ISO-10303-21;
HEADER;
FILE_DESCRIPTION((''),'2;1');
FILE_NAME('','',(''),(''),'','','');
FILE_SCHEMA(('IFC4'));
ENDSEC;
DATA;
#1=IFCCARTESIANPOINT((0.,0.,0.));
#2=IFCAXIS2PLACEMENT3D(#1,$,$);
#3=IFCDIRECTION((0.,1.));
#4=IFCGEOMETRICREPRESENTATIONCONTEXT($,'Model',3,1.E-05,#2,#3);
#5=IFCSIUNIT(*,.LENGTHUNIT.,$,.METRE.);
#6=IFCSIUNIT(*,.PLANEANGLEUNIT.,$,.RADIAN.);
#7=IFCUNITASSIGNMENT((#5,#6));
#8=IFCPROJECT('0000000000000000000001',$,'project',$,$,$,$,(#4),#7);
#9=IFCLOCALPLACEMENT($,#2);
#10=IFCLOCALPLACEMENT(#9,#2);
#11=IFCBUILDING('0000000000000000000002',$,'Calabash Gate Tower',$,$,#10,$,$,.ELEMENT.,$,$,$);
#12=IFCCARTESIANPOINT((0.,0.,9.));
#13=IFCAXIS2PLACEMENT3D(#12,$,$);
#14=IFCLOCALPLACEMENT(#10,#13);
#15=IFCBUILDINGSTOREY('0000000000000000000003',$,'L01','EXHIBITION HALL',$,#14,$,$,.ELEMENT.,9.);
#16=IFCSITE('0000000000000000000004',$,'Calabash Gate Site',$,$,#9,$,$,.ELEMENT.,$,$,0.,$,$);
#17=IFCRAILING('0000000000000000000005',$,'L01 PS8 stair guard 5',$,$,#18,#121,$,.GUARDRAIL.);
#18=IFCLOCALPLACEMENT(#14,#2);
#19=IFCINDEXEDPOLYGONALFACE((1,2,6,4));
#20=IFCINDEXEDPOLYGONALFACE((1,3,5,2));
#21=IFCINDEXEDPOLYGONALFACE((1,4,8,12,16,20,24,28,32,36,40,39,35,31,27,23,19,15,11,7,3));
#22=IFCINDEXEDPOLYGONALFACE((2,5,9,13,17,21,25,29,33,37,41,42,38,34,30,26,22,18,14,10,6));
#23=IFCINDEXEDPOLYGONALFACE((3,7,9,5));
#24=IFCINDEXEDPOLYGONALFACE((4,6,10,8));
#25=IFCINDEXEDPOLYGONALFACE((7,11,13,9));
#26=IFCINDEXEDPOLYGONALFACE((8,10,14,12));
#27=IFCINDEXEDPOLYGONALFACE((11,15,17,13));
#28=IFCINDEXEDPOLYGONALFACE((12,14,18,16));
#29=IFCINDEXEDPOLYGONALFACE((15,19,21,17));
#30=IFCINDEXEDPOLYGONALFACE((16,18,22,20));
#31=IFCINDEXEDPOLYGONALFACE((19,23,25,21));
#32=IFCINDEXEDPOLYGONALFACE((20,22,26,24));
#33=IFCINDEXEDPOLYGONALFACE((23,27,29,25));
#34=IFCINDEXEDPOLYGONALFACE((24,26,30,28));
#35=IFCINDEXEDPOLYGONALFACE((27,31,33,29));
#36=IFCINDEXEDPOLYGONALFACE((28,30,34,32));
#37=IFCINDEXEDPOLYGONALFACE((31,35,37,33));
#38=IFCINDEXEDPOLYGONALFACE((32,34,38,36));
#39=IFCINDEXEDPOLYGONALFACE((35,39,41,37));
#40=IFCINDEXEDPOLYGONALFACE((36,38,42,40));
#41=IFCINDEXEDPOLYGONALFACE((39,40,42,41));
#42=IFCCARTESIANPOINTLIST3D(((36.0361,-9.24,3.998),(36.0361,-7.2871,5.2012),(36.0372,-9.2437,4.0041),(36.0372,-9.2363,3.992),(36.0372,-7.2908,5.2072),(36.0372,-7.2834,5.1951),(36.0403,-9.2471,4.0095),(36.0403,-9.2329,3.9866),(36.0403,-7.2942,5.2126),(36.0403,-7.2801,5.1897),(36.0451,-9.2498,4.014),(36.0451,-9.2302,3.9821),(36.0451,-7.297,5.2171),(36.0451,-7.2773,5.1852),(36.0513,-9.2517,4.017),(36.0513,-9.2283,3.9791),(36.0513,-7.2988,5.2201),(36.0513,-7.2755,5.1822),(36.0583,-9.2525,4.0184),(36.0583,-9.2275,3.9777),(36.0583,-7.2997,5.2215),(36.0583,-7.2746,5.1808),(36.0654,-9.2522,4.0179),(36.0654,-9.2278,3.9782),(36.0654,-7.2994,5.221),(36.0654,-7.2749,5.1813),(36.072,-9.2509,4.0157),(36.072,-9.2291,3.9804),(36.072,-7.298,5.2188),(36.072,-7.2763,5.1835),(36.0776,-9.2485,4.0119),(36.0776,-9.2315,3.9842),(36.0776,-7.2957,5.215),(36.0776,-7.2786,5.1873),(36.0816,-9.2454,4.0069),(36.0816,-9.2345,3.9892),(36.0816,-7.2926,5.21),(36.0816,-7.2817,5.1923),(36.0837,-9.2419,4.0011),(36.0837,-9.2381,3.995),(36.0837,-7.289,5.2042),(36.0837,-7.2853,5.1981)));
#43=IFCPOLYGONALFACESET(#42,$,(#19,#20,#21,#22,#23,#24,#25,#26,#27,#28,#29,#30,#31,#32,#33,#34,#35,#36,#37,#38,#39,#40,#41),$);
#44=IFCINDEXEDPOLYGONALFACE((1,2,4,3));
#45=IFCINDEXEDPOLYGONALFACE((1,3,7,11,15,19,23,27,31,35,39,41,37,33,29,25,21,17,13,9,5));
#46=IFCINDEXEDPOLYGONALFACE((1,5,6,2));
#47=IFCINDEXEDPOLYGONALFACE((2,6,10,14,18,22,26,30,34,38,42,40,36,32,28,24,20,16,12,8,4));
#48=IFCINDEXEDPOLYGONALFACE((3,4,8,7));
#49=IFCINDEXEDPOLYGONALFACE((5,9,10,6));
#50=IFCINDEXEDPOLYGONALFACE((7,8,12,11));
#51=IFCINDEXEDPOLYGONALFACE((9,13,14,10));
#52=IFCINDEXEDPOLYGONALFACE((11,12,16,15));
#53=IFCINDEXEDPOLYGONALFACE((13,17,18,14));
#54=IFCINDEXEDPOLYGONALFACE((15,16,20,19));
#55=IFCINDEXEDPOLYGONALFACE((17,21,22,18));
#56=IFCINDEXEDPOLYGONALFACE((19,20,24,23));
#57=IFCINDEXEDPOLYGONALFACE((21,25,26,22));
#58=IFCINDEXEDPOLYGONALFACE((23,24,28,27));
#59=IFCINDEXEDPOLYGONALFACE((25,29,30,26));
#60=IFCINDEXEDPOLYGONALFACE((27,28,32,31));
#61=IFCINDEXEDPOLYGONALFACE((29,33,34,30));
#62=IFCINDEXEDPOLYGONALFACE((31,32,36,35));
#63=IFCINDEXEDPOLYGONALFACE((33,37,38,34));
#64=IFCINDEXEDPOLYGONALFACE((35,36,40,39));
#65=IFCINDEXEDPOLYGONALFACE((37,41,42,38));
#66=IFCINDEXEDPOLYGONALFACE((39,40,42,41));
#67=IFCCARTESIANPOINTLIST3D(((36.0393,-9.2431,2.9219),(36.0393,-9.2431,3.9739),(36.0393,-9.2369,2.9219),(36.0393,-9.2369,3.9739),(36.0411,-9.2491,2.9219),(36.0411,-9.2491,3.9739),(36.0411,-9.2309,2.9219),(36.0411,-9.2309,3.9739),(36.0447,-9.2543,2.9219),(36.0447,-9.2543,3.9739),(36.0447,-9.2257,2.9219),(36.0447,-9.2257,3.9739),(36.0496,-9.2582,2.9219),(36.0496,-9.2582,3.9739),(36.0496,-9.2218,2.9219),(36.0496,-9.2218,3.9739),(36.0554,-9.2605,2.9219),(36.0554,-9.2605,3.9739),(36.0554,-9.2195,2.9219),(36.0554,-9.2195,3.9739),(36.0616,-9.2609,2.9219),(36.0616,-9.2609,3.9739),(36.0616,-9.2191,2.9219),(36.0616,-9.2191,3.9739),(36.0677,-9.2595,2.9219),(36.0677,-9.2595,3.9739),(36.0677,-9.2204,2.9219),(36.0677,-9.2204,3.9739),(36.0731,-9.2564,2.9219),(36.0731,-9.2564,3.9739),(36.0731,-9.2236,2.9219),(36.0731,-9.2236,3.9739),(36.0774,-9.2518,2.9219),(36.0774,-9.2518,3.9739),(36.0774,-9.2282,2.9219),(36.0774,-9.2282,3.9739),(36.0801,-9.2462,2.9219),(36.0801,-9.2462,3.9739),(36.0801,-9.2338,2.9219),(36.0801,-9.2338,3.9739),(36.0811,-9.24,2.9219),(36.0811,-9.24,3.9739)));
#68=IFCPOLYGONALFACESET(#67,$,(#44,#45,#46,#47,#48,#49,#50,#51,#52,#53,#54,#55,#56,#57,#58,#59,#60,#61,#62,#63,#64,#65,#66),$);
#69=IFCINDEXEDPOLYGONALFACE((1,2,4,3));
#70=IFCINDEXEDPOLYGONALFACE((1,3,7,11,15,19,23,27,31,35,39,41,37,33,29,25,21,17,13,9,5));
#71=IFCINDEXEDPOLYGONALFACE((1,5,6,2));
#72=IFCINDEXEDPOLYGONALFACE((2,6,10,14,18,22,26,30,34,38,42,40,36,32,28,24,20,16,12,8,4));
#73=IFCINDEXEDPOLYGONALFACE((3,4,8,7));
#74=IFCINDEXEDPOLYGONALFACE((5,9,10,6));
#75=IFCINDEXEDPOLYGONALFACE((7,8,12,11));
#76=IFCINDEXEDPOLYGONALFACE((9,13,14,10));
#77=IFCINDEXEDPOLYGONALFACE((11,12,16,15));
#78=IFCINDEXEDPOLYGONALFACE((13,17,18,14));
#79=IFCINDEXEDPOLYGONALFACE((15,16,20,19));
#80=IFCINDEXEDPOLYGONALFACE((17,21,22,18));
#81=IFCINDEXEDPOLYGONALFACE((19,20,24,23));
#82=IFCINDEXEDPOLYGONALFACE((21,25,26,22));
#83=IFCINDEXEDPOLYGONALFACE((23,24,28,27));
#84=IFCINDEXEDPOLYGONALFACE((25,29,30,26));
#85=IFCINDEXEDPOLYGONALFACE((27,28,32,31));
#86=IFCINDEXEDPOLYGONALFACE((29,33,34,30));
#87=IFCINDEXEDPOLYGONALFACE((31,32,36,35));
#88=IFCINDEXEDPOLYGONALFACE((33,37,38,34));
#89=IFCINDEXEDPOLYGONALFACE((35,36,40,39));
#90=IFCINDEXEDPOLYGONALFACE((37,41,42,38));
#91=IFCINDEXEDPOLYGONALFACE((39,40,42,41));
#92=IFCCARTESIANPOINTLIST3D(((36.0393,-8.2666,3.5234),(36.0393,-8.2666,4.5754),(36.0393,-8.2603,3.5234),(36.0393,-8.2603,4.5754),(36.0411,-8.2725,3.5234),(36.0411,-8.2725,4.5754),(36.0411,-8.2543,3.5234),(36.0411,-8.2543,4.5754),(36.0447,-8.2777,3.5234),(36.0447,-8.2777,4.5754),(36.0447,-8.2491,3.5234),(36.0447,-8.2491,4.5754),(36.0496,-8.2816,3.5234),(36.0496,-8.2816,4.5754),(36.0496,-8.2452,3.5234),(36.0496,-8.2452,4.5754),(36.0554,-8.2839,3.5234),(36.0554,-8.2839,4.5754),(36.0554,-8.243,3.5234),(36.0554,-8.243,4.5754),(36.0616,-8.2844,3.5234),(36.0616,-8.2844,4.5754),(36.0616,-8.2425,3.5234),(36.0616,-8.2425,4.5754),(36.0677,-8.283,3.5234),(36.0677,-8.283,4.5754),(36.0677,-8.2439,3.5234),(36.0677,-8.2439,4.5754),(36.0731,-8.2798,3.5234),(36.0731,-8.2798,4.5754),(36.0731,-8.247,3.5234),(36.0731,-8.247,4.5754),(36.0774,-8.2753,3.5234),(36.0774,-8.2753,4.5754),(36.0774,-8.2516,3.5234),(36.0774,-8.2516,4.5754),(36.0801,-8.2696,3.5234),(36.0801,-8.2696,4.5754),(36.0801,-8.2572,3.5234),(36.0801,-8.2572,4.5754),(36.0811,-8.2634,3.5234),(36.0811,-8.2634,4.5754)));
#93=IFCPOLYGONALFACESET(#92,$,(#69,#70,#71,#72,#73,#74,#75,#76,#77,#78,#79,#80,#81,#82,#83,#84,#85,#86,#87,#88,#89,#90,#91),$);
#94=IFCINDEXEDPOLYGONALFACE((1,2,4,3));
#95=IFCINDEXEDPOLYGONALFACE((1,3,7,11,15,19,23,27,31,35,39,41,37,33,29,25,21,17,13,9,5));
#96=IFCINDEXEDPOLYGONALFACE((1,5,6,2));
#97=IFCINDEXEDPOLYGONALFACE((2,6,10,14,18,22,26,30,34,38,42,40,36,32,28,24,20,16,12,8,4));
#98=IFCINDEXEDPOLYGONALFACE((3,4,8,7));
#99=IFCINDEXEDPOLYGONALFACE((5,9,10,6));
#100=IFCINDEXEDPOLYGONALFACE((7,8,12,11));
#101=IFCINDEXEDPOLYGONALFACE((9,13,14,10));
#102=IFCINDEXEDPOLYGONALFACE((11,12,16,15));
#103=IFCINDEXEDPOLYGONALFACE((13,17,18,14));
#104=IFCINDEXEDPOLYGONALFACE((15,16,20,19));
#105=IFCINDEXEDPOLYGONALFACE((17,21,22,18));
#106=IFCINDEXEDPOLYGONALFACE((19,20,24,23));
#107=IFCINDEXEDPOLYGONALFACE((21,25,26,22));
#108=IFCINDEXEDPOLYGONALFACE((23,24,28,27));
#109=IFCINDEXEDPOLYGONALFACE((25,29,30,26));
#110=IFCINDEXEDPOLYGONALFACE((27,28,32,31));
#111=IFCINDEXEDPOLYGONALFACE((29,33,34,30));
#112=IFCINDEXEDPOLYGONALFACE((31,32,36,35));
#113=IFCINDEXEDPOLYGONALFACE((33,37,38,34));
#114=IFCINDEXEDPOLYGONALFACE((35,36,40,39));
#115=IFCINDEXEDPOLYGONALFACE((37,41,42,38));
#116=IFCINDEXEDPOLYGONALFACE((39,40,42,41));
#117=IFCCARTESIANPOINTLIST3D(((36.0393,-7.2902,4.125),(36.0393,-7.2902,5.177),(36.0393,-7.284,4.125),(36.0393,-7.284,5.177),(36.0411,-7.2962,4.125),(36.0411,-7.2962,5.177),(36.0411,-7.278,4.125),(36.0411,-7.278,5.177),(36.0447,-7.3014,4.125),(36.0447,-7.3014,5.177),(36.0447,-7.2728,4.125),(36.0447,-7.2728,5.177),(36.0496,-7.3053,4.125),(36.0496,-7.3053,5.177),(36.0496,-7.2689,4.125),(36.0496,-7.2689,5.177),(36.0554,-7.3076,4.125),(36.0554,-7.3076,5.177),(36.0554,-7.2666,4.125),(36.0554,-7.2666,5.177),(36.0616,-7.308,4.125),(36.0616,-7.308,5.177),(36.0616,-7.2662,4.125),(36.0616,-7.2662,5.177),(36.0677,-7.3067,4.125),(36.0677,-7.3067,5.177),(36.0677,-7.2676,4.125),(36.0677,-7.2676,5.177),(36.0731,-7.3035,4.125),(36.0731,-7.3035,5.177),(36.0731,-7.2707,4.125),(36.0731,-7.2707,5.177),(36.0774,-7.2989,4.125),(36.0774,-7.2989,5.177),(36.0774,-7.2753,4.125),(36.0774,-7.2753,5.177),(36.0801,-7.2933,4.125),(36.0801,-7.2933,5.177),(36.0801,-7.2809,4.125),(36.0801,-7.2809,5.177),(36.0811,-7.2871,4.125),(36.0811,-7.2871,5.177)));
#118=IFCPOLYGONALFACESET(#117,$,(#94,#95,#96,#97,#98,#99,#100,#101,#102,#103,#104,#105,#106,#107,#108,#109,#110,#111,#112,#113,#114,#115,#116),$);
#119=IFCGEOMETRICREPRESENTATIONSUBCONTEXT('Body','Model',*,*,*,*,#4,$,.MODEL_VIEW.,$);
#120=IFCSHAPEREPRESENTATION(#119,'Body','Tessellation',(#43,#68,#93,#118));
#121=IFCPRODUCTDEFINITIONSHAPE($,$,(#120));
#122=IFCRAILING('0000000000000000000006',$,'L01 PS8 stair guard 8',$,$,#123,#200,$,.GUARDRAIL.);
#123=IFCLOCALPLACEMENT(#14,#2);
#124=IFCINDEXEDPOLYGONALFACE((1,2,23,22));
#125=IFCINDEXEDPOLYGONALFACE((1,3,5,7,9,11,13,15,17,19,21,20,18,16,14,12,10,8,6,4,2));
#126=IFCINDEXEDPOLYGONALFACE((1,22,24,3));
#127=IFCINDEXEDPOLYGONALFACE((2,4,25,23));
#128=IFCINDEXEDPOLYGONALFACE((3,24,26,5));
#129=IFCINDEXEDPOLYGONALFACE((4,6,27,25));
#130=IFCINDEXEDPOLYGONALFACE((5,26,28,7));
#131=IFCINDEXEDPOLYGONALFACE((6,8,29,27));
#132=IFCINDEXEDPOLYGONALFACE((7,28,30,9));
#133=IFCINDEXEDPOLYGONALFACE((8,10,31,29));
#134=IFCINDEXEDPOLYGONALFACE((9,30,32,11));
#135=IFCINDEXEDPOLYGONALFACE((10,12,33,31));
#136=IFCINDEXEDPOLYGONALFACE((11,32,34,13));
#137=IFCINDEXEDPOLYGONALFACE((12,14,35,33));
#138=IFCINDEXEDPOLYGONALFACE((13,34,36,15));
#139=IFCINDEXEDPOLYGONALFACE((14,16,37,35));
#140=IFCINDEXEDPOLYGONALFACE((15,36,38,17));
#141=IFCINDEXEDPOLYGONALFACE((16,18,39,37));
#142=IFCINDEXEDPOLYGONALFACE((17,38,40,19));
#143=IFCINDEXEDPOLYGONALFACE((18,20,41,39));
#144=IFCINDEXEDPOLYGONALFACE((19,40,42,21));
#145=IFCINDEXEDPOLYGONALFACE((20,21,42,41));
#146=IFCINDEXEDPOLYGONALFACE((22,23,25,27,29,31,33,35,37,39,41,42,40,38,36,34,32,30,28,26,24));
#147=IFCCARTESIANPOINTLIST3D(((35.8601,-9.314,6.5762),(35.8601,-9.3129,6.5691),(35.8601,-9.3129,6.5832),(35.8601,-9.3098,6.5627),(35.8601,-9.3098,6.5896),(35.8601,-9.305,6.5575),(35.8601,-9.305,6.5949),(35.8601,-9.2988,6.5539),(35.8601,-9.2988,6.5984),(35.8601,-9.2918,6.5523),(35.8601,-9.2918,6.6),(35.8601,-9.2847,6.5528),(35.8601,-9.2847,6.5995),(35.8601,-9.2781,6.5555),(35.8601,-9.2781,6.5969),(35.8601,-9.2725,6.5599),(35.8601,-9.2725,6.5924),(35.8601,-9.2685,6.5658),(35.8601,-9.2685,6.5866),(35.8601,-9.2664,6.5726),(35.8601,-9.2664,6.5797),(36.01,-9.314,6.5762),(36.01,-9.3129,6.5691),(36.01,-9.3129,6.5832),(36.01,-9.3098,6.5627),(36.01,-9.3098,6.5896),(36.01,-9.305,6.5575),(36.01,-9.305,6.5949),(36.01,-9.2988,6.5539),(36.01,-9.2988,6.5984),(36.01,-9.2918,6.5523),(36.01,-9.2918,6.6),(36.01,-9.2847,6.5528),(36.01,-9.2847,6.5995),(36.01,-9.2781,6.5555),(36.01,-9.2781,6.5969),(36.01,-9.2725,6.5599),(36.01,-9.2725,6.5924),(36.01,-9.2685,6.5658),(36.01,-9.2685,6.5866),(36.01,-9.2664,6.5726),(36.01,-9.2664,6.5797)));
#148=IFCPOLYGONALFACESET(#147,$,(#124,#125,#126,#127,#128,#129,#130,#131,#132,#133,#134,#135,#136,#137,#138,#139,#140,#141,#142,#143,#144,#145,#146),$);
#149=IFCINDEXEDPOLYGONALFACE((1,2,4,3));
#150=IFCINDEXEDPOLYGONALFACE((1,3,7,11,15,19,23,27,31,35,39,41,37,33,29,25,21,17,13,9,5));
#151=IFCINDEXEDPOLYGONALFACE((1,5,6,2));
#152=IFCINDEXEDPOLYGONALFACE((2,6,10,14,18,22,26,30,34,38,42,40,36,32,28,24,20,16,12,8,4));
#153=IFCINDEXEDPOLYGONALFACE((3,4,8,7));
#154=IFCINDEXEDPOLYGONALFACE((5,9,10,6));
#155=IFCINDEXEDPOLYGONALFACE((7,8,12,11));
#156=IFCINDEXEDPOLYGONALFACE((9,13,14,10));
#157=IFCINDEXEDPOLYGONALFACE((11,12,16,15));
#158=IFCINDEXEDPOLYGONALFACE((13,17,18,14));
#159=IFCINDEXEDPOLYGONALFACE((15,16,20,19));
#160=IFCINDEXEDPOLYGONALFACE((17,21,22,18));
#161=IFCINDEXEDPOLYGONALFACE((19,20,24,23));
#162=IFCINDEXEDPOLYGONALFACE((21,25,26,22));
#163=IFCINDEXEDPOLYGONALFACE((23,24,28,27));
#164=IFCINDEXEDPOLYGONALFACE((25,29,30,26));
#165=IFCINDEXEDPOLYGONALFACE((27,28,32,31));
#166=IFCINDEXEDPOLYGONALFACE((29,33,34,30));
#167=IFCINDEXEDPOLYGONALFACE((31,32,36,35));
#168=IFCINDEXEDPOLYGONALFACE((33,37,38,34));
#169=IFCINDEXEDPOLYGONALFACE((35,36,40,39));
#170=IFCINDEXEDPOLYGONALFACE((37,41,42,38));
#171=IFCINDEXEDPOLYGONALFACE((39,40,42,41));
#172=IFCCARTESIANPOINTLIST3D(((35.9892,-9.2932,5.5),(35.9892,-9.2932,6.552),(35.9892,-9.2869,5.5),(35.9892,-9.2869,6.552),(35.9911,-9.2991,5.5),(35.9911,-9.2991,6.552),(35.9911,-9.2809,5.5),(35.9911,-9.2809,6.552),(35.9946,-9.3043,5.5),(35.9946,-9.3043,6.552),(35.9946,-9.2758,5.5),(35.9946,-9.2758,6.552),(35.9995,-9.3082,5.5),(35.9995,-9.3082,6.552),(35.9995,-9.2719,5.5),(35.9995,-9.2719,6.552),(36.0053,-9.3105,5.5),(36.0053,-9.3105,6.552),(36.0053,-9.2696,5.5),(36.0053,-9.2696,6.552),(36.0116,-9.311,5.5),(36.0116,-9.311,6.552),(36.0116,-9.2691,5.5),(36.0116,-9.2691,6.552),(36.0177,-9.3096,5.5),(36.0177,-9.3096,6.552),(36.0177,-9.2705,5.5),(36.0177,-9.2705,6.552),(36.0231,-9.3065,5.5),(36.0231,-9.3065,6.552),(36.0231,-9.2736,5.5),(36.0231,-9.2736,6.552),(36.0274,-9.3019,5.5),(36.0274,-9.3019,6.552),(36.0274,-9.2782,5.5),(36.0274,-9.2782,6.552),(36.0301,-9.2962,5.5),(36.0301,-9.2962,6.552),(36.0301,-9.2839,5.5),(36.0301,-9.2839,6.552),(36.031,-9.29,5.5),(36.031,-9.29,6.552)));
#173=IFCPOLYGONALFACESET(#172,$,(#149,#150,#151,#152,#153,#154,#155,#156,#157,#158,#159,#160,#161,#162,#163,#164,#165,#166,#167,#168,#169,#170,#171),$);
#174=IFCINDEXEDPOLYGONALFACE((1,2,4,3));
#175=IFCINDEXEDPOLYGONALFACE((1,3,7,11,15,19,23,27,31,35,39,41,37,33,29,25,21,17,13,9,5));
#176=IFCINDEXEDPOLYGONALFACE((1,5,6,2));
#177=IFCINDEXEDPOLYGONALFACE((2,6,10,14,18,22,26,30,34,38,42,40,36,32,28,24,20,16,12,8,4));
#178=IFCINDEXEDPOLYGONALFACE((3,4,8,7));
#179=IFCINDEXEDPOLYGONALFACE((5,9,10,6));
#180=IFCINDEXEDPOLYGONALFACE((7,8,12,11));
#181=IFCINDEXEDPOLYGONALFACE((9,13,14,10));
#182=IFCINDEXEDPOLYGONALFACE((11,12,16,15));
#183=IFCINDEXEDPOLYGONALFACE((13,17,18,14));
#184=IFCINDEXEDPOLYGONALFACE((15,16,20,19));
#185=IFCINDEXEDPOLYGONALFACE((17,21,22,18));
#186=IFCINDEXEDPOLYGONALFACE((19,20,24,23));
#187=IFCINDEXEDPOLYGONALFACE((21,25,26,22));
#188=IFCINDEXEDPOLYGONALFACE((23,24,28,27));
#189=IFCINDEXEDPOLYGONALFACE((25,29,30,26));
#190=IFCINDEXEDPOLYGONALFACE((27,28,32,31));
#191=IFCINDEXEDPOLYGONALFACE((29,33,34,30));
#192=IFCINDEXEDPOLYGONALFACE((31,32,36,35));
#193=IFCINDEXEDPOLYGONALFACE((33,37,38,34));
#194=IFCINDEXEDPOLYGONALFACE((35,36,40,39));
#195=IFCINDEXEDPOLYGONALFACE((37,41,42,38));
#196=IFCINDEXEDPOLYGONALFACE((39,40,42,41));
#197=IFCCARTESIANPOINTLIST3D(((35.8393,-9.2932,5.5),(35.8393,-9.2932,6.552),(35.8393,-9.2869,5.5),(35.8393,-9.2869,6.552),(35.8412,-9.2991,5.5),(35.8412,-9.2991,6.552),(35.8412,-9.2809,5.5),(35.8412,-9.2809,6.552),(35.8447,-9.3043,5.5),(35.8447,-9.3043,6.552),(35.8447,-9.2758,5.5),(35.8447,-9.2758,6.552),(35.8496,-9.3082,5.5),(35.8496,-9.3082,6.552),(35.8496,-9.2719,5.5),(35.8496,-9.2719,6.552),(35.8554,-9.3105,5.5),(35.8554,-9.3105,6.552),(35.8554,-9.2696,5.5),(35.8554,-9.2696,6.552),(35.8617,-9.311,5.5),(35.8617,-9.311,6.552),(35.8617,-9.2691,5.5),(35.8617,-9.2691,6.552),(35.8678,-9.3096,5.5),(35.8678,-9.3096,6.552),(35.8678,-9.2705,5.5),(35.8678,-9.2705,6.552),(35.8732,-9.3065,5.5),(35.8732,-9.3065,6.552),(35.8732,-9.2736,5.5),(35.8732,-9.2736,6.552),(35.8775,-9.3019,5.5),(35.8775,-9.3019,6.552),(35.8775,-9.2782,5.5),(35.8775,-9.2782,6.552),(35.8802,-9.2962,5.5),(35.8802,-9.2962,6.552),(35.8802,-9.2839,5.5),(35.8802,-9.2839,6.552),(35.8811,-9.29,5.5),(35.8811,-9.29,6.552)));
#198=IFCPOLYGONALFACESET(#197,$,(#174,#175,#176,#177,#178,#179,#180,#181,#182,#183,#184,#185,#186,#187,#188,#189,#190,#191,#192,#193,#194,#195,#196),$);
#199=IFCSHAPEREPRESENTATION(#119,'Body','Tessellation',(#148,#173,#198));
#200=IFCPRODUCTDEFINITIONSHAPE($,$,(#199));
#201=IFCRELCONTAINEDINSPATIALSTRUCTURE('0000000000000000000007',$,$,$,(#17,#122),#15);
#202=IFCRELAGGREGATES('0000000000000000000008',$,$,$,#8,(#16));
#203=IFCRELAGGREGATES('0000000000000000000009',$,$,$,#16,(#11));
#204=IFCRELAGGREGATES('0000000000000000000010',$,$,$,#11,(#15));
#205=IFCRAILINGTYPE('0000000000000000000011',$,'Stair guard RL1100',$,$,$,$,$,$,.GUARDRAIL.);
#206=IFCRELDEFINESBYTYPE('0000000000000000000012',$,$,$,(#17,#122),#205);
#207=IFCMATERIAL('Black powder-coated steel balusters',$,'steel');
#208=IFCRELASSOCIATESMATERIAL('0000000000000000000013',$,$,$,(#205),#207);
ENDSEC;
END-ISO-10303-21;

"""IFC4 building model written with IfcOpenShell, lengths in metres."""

from ifc_helpers import new_model, si_unit, direction, frame, origin, origin_2d, place, context, subcontext, project, spatial, circle, extrude, material, type_object, element, save


model = new_model("IFC4")

# Units and contexts
model_context = context("Model", 3, precision=1e-05, world=origin(), true_north=direction((0.0, 1.0)))
body_context = subcontext(model_context, "Body", "Model", "MODEL_VIEW")
ifc_project = project(units=[si_unit("LENGTHUNIT", "METRE"), si_unit("PLANEANGLEUNIT", "RADIAN")], contexts=[model_context])

# Site, building, storey
site_placement = place(None, origin())
site = spatial("IfcSite", under=ifc_project, at=site_placement, Name="Calabash Gate Site", CompositionType="ELEMENT", RefElevation=0.0)
building_placement = place(site_placement, origin())
building = spatial("IfcBuilding", under=site, at=building_placement, Name="Calabash Gate Tower", CompositionType="ELEMENT")
storey_placement = place(building_placement, frame((0.0, 0.0, 9.0)))
storey = spatial("IfcBuildingStorey", under=building, at=storey_placement, Name="L01", Description="EXHIBITION HALL", CompositionType="ELEMENT", Elevation=9.0)

# Railings
ifc_material_1 = material(Name="Black powder-coated steel balusters", Category="steel")
railing_type_1 = type_object("IfcRailingType", Name="Stair guard RL1100", PredefinedType="GUARDRAIL", material=ifc_material_1)
railing_1_placement = place(storey_placement, frame((36.0601, -9.24, 2.9219)))
element("IfcRailing", 1, at=railing_1_placement, inside=storey, type_object=railing_type_1, Name="L01 PS8 stair guard 5", PredefinedType="GUARDRAIL", context=body_context, shape_type="SweptSolid", body=[
    extrude(circle(Radius=0.0239, at=origin_2d()), frame((0.0, 0.0, 1.0762), z_axis=(0.0, 0.851395, 0.524525), x_axis=(-1.0, 0.0, 0.0)), (0.0, 0.0, 1.0), 2.2937),
    extrude(circle(Radius=0.021, at=origin_2d()), origin(), (0.0, 0.0, 1.0), 1.052),
    extrude(circle(Radius=0.021, at=origin_2d()), frame((0.0, 0.9766, 0.6016)), (0.0, 0.0, 1.0), 1.052),
    extrude(circle(Radius=0.021, at=origin_2d()), frame((0.0, 1.9529, 1.2031)), (0.0, 0.0, 1.0), 1.052),
])
railing_2_placement = place(storey_placement, frame((36.01, -9.29, 5.5)))
element("IfcRailing", 2, at=railing_2_placement, inside=storey, type_object=railing_type_1, Name="L01 PS8 stair guard 8", PredefinedType="GUARDRAIL", context=body_context, shape_type="SweptSolid", body=[
    extrude(circle(Radius=0.0239, at=origin_2d()), frame((0.0, 0.0, 1.0762), z_axis=(-1.0, 0.0, 0.0), x_axis=(0.0, -1.0, 0.0)), (0.0, 0.0, 1.0), 0.1499),
    extrude(circle(Radius=0.021, at=origin_2d()), origin(), (0.0, 0.0, 1.0), 1.052),
    extrude(circle(Radius=0.021, at=origin_2d()), frame((-0.1499, 0.0, 0.0)), (0.0, 0.0, 1.0), 1.052),
])

save(model, "model.ifc")
